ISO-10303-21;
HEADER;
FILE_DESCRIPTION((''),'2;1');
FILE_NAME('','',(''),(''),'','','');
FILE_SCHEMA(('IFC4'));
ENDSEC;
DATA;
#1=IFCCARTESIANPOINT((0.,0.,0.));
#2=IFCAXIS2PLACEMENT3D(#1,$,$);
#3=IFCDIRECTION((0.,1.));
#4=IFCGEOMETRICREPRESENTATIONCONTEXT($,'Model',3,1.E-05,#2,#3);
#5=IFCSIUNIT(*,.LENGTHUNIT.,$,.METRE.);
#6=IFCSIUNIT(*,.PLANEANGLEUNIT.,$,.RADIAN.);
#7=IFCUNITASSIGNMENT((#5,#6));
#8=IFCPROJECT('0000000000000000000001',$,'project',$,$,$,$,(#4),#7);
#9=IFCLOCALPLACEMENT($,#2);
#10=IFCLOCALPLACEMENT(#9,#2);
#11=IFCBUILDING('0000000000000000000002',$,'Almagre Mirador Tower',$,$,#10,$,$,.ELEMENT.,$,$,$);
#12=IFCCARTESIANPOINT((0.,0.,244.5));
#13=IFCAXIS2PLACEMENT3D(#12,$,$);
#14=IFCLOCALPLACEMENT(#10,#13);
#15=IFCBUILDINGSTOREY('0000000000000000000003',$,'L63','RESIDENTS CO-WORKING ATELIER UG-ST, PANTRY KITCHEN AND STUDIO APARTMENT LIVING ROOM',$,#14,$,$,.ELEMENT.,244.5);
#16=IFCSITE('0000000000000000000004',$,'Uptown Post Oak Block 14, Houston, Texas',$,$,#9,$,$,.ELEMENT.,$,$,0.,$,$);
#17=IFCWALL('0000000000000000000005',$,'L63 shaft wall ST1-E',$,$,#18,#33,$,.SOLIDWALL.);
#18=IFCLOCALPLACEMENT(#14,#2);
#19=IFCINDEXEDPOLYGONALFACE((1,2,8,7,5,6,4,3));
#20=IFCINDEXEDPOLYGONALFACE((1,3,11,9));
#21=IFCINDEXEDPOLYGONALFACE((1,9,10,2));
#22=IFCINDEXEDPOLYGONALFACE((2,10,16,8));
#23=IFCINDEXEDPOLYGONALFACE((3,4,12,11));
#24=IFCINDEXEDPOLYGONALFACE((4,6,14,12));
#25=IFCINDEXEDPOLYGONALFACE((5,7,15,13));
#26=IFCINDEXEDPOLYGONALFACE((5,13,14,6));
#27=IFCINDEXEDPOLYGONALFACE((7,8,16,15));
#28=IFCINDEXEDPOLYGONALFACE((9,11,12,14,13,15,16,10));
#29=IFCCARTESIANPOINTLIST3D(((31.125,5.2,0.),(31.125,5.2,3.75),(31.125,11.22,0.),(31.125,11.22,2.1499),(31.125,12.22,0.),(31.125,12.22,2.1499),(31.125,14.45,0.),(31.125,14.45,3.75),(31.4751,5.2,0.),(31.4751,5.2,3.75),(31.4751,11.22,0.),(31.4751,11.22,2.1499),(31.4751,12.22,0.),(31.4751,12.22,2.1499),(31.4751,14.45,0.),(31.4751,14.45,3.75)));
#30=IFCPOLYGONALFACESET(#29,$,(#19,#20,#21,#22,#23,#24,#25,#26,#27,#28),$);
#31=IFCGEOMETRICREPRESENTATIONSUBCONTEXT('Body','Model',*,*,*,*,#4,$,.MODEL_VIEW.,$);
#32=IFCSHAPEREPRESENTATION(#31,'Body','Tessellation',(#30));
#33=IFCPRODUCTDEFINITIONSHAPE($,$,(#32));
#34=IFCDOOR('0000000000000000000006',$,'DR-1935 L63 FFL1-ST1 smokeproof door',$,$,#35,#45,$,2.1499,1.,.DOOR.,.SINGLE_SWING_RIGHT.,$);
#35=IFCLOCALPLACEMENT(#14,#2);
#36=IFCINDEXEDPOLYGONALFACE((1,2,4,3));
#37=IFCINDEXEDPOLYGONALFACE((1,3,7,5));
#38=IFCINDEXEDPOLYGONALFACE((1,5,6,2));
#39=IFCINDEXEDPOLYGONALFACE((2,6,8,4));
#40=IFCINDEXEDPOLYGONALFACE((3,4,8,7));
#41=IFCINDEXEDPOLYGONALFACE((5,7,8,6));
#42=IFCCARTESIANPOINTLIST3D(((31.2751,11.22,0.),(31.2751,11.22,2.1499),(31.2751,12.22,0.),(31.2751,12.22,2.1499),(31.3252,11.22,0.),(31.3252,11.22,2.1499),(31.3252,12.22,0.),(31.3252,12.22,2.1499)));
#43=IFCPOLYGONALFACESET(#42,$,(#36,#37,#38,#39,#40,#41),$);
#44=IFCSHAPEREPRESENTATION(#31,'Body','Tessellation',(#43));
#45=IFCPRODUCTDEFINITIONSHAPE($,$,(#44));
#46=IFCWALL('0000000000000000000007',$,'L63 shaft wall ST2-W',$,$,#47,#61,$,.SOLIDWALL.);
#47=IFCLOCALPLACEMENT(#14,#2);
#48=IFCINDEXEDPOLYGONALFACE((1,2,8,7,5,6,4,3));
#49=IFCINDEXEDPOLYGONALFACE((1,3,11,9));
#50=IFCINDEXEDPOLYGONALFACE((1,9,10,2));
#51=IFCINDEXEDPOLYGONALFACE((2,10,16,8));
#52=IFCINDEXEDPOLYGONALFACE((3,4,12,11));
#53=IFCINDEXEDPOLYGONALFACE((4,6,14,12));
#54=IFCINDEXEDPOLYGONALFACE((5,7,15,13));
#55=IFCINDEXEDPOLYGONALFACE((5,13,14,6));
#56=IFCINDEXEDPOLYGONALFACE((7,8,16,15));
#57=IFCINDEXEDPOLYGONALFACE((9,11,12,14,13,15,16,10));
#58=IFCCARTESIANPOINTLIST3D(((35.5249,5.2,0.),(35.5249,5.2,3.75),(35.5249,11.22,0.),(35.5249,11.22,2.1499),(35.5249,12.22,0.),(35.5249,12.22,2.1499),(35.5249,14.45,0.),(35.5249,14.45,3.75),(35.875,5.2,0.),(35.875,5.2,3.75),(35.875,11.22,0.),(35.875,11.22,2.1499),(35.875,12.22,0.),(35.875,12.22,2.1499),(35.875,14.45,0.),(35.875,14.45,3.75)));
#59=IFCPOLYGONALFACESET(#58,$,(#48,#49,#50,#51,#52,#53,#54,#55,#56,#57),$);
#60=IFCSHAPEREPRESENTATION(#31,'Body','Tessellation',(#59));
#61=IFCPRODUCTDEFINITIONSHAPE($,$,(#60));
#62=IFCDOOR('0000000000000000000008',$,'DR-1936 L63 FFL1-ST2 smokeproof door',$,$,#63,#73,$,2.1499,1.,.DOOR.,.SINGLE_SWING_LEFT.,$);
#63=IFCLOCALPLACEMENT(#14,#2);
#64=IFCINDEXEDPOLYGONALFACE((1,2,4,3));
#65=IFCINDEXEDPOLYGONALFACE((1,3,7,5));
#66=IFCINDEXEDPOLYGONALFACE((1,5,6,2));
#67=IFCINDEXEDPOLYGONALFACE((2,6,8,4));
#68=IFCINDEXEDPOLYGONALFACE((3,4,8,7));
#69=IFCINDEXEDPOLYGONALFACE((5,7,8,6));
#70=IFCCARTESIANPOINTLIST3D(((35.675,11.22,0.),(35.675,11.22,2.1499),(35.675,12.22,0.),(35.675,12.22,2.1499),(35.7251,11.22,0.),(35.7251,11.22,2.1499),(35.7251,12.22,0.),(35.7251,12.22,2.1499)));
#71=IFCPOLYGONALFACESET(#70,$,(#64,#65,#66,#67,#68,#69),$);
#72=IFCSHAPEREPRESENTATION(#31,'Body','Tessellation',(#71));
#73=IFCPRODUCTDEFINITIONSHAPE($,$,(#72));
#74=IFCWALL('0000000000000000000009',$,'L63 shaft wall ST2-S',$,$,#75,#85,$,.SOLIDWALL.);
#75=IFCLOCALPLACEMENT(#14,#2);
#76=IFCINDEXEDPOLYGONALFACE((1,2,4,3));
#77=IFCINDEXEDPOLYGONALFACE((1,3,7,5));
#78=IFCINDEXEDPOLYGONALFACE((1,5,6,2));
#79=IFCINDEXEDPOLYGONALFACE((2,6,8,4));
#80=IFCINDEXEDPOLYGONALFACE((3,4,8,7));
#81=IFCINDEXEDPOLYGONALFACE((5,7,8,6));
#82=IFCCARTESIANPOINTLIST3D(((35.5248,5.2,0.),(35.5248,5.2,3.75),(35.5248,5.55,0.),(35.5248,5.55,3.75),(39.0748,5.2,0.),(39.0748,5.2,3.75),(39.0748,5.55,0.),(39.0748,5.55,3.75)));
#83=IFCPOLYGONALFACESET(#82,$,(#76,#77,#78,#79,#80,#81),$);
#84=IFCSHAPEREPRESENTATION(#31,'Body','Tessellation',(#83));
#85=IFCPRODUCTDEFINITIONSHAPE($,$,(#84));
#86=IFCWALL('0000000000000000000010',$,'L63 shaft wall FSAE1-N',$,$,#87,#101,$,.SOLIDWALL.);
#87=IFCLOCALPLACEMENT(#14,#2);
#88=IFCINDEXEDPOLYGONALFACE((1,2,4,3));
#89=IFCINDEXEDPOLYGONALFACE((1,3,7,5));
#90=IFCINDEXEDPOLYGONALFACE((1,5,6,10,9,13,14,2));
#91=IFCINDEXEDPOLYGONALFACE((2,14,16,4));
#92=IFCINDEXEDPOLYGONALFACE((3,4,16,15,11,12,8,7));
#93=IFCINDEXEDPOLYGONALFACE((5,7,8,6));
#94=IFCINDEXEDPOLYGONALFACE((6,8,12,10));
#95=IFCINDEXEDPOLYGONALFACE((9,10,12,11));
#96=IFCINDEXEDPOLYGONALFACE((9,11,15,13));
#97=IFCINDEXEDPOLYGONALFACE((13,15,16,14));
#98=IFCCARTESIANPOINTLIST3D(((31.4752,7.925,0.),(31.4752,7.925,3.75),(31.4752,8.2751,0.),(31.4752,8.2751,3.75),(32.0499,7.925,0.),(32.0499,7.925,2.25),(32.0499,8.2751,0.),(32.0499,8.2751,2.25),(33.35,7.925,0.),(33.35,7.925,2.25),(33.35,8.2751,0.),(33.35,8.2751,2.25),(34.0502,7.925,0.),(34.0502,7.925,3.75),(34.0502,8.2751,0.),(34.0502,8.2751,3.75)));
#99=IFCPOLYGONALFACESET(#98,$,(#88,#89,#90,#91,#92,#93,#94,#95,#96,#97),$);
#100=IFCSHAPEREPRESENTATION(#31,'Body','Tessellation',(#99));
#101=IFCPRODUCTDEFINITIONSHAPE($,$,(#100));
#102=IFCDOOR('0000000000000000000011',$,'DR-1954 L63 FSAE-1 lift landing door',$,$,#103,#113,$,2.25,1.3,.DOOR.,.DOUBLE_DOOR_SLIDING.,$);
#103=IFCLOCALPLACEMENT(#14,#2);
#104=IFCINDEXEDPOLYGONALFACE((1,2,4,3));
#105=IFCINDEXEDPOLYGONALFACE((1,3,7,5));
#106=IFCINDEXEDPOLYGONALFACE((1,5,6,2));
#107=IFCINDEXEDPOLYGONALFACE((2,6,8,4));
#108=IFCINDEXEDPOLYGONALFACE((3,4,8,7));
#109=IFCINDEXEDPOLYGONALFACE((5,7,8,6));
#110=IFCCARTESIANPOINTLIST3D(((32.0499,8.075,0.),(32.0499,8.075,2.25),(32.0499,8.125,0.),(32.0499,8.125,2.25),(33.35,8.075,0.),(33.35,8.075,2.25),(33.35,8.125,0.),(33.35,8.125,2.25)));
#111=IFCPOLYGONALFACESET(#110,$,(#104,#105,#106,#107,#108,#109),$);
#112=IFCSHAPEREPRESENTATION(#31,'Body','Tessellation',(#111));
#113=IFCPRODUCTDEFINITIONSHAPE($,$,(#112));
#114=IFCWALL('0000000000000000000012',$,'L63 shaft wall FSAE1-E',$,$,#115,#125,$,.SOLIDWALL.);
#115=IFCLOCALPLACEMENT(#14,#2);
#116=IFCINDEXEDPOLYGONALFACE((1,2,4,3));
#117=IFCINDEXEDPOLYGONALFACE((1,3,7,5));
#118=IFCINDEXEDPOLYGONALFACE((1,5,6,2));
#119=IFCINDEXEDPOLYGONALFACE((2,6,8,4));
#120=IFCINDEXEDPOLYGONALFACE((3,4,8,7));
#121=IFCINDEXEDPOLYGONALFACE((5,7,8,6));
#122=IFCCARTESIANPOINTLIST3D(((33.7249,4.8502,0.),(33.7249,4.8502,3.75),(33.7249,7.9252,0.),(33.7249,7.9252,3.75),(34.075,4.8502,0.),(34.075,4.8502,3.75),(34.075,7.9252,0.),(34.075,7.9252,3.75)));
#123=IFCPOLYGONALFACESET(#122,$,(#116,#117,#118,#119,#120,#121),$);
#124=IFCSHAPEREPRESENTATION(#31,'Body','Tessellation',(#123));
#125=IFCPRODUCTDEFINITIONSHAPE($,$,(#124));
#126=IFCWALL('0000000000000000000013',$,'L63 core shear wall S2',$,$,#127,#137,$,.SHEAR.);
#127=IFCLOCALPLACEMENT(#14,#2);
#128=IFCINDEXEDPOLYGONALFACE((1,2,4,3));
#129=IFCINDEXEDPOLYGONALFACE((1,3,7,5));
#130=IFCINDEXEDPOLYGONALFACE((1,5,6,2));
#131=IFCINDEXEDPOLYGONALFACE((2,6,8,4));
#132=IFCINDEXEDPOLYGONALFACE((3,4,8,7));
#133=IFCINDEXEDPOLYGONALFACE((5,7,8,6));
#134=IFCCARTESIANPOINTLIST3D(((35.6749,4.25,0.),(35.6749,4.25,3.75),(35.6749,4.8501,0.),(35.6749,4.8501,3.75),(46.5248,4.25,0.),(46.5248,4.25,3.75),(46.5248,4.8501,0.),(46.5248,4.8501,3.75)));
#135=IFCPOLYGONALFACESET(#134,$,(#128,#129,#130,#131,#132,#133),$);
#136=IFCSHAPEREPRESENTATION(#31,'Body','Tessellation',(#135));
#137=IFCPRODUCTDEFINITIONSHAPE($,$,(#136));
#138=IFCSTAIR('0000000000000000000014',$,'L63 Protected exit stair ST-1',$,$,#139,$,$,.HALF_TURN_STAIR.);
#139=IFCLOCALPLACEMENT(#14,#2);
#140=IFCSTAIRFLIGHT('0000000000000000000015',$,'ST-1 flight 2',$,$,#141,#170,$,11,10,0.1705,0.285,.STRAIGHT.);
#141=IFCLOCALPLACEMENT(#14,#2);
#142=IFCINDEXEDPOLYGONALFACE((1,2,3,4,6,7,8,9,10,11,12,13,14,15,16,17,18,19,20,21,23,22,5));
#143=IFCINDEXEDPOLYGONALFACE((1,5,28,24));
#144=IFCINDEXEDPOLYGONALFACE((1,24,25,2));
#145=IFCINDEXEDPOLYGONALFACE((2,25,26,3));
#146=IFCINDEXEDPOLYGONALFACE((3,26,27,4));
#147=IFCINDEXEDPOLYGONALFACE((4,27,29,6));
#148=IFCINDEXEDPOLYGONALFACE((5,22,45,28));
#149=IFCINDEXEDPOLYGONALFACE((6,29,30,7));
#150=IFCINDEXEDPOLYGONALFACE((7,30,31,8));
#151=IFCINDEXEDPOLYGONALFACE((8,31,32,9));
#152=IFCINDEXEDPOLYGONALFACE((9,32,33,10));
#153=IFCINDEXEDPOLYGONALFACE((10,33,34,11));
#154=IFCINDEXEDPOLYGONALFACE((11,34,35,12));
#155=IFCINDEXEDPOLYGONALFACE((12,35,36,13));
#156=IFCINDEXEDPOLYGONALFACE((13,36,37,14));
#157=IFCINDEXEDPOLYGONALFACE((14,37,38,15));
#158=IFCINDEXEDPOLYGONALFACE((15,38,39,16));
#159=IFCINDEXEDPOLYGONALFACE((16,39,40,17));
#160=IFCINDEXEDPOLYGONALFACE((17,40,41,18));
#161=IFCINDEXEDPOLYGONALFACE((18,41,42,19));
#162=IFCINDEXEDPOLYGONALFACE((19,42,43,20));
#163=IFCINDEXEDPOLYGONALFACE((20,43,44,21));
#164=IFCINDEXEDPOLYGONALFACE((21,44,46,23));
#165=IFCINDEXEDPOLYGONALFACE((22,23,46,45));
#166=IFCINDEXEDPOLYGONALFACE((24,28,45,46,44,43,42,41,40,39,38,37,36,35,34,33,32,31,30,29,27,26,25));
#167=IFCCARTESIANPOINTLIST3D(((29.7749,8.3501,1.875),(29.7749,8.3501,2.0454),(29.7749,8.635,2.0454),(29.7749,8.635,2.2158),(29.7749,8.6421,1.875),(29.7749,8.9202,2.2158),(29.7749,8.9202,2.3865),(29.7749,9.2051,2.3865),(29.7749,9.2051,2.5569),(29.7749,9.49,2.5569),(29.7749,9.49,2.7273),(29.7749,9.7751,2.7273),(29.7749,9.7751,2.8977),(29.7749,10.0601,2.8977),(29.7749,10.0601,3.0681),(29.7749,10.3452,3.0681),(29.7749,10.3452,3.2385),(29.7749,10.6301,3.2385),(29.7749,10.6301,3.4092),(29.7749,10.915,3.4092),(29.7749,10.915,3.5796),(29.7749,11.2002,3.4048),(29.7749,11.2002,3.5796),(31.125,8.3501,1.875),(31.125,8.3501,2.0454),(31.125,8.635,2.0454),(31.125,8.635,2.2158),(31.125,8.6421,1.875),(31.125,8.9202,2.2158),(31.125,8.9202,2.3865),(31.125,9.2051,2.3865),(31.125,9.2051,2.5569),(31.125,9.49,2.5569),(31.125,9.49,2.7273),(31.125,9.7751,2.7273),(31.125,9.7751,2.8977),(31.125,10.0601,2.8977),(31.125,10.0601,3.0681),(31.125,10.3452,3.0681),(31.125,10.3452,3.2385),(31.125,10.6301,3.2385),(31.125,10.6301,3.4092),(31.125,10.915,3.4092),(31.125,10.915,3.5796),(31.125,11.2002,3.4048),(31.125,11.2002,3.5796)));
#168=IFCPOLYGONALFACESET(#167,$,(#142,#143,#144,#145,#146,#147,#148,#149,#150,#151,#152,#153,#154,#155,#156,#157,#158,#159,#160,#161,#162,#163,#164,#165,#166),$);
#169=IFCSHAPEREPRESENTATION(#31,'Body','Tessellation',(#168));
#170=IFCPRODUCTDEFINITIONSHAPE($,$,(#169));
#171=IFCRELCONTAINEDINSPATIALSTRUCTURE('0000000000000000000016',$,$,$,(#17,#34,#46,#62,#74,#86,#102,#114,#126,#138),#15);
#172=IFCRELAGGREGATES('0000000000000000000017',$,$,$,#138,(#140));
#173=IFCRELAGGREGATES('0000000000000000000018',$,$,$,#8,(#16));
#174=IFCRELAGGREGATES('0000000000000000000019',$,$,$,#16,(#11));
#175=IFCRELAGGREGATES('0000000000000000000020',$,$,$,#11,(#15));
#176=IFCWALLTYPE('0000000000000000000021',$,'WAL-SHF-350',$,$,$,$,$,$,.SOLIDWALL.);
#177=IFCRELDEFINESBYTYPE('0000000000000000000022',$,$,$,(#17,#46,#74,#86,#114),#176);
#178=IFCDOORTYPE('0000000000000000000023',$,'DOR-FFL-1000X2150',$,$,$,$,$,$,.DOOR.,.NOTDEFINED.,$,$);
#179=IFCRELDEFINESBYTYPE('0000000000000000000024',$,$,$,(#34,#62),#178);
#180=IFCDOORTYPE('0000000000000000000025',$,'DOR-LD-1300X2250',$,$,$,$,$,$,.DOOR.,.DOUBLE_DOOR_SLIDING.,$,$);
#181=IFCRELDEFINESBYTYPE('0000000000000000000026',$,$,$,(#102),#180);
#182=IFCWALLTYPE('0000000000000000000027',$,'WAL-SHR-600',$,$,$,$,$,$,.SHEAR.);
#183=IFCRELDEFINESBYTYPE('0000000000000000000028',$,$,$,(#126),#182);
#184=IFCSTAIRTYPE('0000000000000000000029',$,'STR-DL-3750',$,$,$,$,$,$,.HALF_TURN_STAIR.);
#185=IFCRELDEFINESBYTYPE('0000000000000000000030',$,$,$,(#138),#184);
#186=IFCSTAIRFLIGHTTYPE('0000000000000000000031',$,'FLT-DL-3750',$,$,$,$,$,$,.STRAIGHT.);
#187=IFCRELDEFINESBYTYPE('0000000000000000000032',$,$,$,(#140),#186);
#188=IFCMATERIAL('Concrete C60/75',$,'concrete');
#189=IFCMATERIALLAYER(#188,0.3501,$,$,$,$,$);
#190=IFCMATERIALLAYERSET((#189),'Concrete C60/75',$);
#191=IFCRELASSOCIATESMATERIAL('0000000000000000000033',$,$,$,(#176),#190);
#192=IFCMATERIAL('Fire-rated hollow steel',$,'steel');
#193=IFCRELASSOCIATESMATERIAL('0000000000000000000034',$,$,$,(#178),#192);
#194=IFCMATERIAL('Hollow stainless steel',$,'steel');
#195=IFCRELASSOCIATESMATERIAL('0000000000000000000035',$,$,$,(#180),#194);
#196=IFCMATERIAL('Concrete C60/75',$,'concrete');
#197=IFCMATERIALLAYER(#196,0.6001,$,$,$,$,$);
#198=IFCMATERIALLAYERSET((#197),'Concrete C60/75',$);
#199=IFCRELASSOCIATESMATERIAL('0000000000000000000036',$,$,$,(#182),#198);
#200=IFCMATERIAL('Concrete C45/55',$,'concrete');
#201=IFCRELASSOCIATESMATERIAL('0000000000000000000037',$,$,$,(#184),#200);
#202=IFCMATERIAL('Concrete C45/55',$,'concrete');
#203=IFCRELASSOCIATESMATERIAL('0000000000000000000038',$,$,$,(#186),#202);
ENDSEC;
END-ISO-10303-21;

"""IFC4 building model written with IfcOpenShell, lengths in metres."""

from ifc_helpers import new_model, si_unit, direction, frame, frame_2d, origin, place, context, subcontext, project, spatial, polyline, rectangle, outline, extrude, material, layer, layer_set, type_object, element, fill, aggregate, save


model = new_model("IFC4")

# Units and contexts
model_context = context("Model", 3, precision=1e-05, world=origin(), true_north=direction((0.0, 1.0)))
body_context = subcontext(model_context, "Body", "Model", "MODEL_VIEW")
ifc_project = project(units=[si_unit("LENGTHUNIT", "METRE"), si_unit("PLANEANGLEUNIT", "RADIAN")], contexts=[model_context])

# Site, building, storey
site_placement = place(None, origin())
site = spatial("IfcSite", under=ifc_project, at=site_placement, Name="Uptown Post Oak Block 14, Houston, Texas", CompositionType="ELEMENT", RefElevation=0.0)
building_placement = place(site_placement, origin())
building = spatial("IfcBuilding", under=site, at=building_placement, Name="Almagre Mirador Tower", CompositionType="ELEMENT")
storey_placement = place(building_placement, frame((0.0, 0.0, 244.5)))
storey = spatial("IfcBuildingStorey", under=building, at=storey_placement, Name="L63", Description="RESIDENTS CO-WORKING ATELIER UG-ST, PANTRY KITCHEN AND STUDIO APARTMENT LIVING ROOM", CompositionType="ELEMENT", Elevation=244.5)

# Walls, openings, doors
ifc_material_1 = material(Name="Concrete C60/75", Category="concrete")
ifc_layer_1 = layer(ifc_material_1, 0.3501)
ifc_layer_set_1 = layer_set([ifc_layer_1], Name="Concrete C60/75")
wall_type_1 = type_object("IfcWallType", Name="WAL-SHF-350", PredefinedType="SOLIDWALL", material=ifc_layer_set_1)
wall_1_placement = place(storey_placement, frame((31.3, 5.2, 0.0), z_axis=(0.0, 0.0, 1.0), x_axis=(0.0, 1.0, 0.0)))
wall_1 = element("IfcWall", 1, at=wall_1_placement, inside=storey, type_object=wall_type_1, Name="L63 shaft wall ST1-E", PredefinedType="SOLIDWALL", context=body_context, shape_type="SweptSolid", body=[
    extrude(rectangle(XDim=9.25, YDim=0.3501, at=frame_2d((4.625, 0.0))), origin(), (0.0, 0.0, 1.0), 3.75),
])
opening_1_placement = place(wall_1_placement, frame((6.02, 0.0, 0.0)))
opening_1 = element("IfcOpeningElement", 2, at=opening_1_placement, cuts=wall_1, PredefinedType="OPENING", context=body_context, shape_type="SweptSolid", body=[
    extrude(rectangle(XDim=1.0, YDim=2.1499, at=frame_2d((0.5, 1.075))), frame((0.0, 0.185, 0.0), z_axis=(0.0, -1.0, 0.0), x_axis=(1.0, 0.0, 0.0)), (0.0, 0.0, 1.0), 0.3701),
])
ifc_material_2 = material(Name="Fire-rated hollow steel", Category="steel")
door_type_1 = type_object("IfcDoorType", Name="DOR-FFL-1000X2150", OperationType="NOTDEFINED", PredefinedType="DOOR", material=ifc_material_2)
door_1_placement = place(opening_1_placement, origin())
door_1 = element("IfcDoor", 3, at=door_1_placement, inside=storey, type_object=door_type_1, Name="DR-1935 L63 FFL1-ST1 smokeproof door", OperationType="SINGLE_SWING_RIGHT", OverallHeight=2.1499, OverallWidth=1.0, PredefinedType="DOOR", context=body_context, shape_type="SweptSolid", body=[
    extrude(rectangle(XDim=1.0, YDim=2.1499, at=frame_2d((0.5, 1.075))), frame((0.0, 0.0249, 0.0), z_axis=(0.0, -1.0, 0.0), x_axis=(1.0, 0.0, 0.0)), (0.0, 0.0, 1.0), 0.05),
])
fill(opening_1, door_1)
wall_2_placement = place(storey_placement, frame((35.7, 5.2, 0.0), z_axis=(0.0, 0.0, 1.0), x_axis=(0.0, 1.0, 0.0)))
wall_2 = element("IfcWall", 4, at=wall_2_placement, inside=storey, type_object=wall_type_1, Name="L63 shaft wall ST2-W", PredefinedType="SOLIDWALL", context=body_context, shape_type="SweptSolid", body=[
    extrude(rectangle(XDim=9.25, YDim=0.3501, at=frame_2d((4.625, 0.0))), origin(), (0.0, 0.0, 1.0), 3.75),
])
opening_2_placement = place(wall_2_placement, frame((6.02, 0.0, 0.0)))
opening_2 = element("IfcOpeningElement", 5, at=opening_2_placement, cuts=wall_2, PredefinedType="OPENING", context=body_context, shape_type="SweptSolid", body=[
    extrude(rectangle(XDim=1.0, YDim=2.1499, at=frame_2d((0.5, 1.075))), frame((0.0, 0.185, 0.0), z_axis=(0.0, -1.0, 0.0), x_axis=(1.0, 0.0, 0.0)), (0.0, 0.0, 1.0), 0.3701),
])
door_2_placement = place(opening_2_placement, origin())
door_2 = element("IfcDoor", 6, at=door_2_placement, inside=storey, type_object=door_type_1, Name="DR-1936 L63 FFL1-ST2 smokeproof door", OperationType="SINGLE_SWING_LEFT", OverallHeight=2.1499, OverallWidth=1.0, PredefinedType="DOOR", context=body_context, shape_type="SweptSolid", body=[
    extrude(rectangle(XDim=1.0, YDim=2.1499, at=frame_2d((0.5, 1.075))), frame((0.0, 0.0249, 0.0), z_axis=(0.0, -1.0, 0.0), x_axis=(1.0, 0.0, 0.0)), (0.0, 0.0, 1.0), 0.05),
])
fill(opening_2, door_2)

# Wall
wall_3_placement = place(storey_placement, frame((35.5249, 5.375, 0.0), z_axis=(0.0, 0.0, 1.0), x_axis=(1.0, 0.0, 0.0)))
element("IfcWall", 7, at=wall_3_placement, inside=storey, type_object=wall_type_1, Name="L63 shaft wall ST2-S", PredefinedType="SOLIDWALL", context=body_context, shape_type="SweptSolid", body=[
    extrude(rectangle(XDim=3.55, YDim=0.3501, at=frame_2d((1.7749, 0.0))), origin(), (0.0, 0.0, 1.0), 3.75),
])

# Wall, opening, door
wall_4_placement = place(storey_placement, frame((31.4751, 8.1001, 0.0), z_axis=(0.0, 0.0, 1.0), x_axis=(1.0, 0.0, 0.0)))
wall_4 = element("IfcWall", 8, at=wall_4_placement, inside=storey, type_object=wall_type_1, Name="L63 shaft wall FSAE1-N", PredefinedType="SOLIDWALL", context=body_context, shape_type="SweptSolid", body=[
    extrude(rectangle(XDim=2.575, YDim=0.3501, at=frame_2d((1.2876, 0.0))), origin(), (0.0, 0.0, 1.0), 3.75),
])
opening_3_placement = place(wall_4_placement, frame((0.575, 0.0, 0.0)))
opening_3 = element("IfcOpeningElement", 9, at=opening_3_placement, cuts=wall_4, PredefinedType="OPENING", context=body_context, shape_type="SweptSolid", body=[
    extrude(rectangle(XDim=1.3, YDim=2.25, at=frame_2d((0.6499, 1.125))), frame((0.0, 0.185, 0.0), z_axis=(0.0, -1.0, 0.0), x_axis=(1.0, 0.0, 0.0)), (0.0, 0.0, 1.0), 0.3701),
])
ifc_material_3 = material(Name="Hollow stainless steel", Category="steel")
door_type_2 = type_object("IfcDoorType", Name="DOR-LD-1300X2250", OperationType="DOUBLE_DOOR_SLIDING", PredefinedType="DOOR", material=ifc_material_3)
door_3_placement = place(opening_3_placement, origin())
door_3 = element("IfcDoor", 10, at=door_3_placement, inside=storey, type_object=door_type_2, Name="DR-1954 L63 FSAE-1 lift landing door", OperationType="DOUBLE_DOOR_SLIDING", OverallHeight=2.25, OverallWidth=1.3, PredefinedType="DOOR", context=body_context, shape_type="SweptSolid", body=[
    extrude(rectangle(XDim=1.3, YDim=2.25, at=frame_2d((0.6499, 1.125))), frame((0.0, 0.0249, 0.0), z_axis=(0.0, -1.0, 0.0), x_axis=(1.0, 0.0, 0.0)), (0.0, 0.0, 1.0), 0.05),
])
fill(opening_3, door_3)

# Walls
wall_5_placement = place(storey_placement, frame((33.8999, 4.8501, 0.0), z_axis=(0.0, 0.0, 1.0), x_axis=(0.0, 1.0, 0.0)))
element("IfcWall", 11, at=wall_5_placement, inside=storey, type_object=wall_type_1, Name="L63 shaft wall FSAE1-E", PredefinedType="SOLIDWALL", context=body_context, shape_type="SweptSolid", body=[
    extrude(rectangle(XDim=3.075, YDim=0.3501, at=frame_2d((1.5376, 0.0))), origin(), (0.0, 0.0, 1.0), 3.75),
])
ifc_material_4 = material(Name="Concrete C60/75", Category="concrete")
ifc_layer_2 = layer(ifc_material_4, 0.6001)
ifc_layer_set_2 = layer_set([ifc_layer_2], Name="Concrete C60/75")
wall_type_2 = type_object("IfcWallType", Name="WAL-SHR-600", PredefinedType="SHEAR", material=ifc_layer_set_2)
wall_6_placement = place(storey_placement, frame((35.675, 4.55, 0.0), z_axis=(0.0, 0.0, 1.0), x_axis=(1.0, 0.0, 0.0)))
element("IfcWall", 12, at=wall_6_placement, inside=storey, type_object=wall_type_2, Name="L63 core shear wall S2", PredefinedType="SHEAR", context=body_context, shape_type="SweptSolid", body=[
    extrude(rectangle(XDim=10.8499, YDim=0.6001, at=frame_2d((5.4248, 0.0))), origin(), (0.0, 0.0, 1.0), 3.75),
])

# Stair, stair flight
ifc_material_5 = material(Name="Concrete C45/55", Category="concrete")
stair_type = type_object("IfcStairType", Name="STR-DL-3750", PredefinedType="HALF_TURN_STAIR", material=ifc_material_5)
stair_placement = place(storey_placement, origin())
stair = element("IfcStair", 13, at=stair_placement, inside=storey, type_object=stair_type, Name="L63 Protected exit stair ST-1", PredefinedType="HALF_TURN_STAIR")
ifc_material_6 = material(Name="Concrete C45/55", Category="concrete")
stair_flight_type = type_object("IfcStairFlightType", Name="FLT-DL-3750", PredefinedType="STRAIGHT", material=ifc_material_6)
stair_flight_placement = place(storey_placement, frame((30.45, 8.3501, 1.875), z_axis=(0.0, 0.0, 1.0), x_axis=(0.0, 1.0, 0.0)))
stair_flight = element("IfcStairFlight", 14, at=stair_flight_placement, type_object=stair_flight_type, Name="ST-1 flight 2", NumberOfRisers=11, NumberOfTreads=10, PredefinedType="STRAIGHT", RiserHeight=0.1705, TreadLength=0.285, context=body_context, shape_type="SweptSolid", body=[
    extrude(outline(polyline([(0.0, 0.0), (0.0, 0.1704), (0.2849, 0.1704), (0.2849, 0.3408), (0.5701, 0.3408), (0.5701, 0.5115), (0.855, 0.5115), (0.855, 0.6819), (1.1399, 0.6819), (1.1399, 0.8523), (1.425, 0.8523), (1.425, 1.0227), (1.71, 1.0227), (1.71, 1.1931), (1.9951, 1.1931), (1.9951, 1.3635), (2.28, 1.3635), (2.28, 1.5342), (2.5649, 1.5342), (2.5649, 1.7046), (2.8501, 1.7046), (2.8501, 1.875), (2.8501, 1.5298), (0.292, 0.0), (0.0, 0.0)])), frame((0.0, 0.675, 0.0), z_axis=(0.0, -1.0, 0.0), x_axis=(1.0, 0.0, 0.0)), (0.0, 0.0, 1.0), 1.3501),
])
aggregate(stair, [stair_flight])

save(model, "model.ifc")
